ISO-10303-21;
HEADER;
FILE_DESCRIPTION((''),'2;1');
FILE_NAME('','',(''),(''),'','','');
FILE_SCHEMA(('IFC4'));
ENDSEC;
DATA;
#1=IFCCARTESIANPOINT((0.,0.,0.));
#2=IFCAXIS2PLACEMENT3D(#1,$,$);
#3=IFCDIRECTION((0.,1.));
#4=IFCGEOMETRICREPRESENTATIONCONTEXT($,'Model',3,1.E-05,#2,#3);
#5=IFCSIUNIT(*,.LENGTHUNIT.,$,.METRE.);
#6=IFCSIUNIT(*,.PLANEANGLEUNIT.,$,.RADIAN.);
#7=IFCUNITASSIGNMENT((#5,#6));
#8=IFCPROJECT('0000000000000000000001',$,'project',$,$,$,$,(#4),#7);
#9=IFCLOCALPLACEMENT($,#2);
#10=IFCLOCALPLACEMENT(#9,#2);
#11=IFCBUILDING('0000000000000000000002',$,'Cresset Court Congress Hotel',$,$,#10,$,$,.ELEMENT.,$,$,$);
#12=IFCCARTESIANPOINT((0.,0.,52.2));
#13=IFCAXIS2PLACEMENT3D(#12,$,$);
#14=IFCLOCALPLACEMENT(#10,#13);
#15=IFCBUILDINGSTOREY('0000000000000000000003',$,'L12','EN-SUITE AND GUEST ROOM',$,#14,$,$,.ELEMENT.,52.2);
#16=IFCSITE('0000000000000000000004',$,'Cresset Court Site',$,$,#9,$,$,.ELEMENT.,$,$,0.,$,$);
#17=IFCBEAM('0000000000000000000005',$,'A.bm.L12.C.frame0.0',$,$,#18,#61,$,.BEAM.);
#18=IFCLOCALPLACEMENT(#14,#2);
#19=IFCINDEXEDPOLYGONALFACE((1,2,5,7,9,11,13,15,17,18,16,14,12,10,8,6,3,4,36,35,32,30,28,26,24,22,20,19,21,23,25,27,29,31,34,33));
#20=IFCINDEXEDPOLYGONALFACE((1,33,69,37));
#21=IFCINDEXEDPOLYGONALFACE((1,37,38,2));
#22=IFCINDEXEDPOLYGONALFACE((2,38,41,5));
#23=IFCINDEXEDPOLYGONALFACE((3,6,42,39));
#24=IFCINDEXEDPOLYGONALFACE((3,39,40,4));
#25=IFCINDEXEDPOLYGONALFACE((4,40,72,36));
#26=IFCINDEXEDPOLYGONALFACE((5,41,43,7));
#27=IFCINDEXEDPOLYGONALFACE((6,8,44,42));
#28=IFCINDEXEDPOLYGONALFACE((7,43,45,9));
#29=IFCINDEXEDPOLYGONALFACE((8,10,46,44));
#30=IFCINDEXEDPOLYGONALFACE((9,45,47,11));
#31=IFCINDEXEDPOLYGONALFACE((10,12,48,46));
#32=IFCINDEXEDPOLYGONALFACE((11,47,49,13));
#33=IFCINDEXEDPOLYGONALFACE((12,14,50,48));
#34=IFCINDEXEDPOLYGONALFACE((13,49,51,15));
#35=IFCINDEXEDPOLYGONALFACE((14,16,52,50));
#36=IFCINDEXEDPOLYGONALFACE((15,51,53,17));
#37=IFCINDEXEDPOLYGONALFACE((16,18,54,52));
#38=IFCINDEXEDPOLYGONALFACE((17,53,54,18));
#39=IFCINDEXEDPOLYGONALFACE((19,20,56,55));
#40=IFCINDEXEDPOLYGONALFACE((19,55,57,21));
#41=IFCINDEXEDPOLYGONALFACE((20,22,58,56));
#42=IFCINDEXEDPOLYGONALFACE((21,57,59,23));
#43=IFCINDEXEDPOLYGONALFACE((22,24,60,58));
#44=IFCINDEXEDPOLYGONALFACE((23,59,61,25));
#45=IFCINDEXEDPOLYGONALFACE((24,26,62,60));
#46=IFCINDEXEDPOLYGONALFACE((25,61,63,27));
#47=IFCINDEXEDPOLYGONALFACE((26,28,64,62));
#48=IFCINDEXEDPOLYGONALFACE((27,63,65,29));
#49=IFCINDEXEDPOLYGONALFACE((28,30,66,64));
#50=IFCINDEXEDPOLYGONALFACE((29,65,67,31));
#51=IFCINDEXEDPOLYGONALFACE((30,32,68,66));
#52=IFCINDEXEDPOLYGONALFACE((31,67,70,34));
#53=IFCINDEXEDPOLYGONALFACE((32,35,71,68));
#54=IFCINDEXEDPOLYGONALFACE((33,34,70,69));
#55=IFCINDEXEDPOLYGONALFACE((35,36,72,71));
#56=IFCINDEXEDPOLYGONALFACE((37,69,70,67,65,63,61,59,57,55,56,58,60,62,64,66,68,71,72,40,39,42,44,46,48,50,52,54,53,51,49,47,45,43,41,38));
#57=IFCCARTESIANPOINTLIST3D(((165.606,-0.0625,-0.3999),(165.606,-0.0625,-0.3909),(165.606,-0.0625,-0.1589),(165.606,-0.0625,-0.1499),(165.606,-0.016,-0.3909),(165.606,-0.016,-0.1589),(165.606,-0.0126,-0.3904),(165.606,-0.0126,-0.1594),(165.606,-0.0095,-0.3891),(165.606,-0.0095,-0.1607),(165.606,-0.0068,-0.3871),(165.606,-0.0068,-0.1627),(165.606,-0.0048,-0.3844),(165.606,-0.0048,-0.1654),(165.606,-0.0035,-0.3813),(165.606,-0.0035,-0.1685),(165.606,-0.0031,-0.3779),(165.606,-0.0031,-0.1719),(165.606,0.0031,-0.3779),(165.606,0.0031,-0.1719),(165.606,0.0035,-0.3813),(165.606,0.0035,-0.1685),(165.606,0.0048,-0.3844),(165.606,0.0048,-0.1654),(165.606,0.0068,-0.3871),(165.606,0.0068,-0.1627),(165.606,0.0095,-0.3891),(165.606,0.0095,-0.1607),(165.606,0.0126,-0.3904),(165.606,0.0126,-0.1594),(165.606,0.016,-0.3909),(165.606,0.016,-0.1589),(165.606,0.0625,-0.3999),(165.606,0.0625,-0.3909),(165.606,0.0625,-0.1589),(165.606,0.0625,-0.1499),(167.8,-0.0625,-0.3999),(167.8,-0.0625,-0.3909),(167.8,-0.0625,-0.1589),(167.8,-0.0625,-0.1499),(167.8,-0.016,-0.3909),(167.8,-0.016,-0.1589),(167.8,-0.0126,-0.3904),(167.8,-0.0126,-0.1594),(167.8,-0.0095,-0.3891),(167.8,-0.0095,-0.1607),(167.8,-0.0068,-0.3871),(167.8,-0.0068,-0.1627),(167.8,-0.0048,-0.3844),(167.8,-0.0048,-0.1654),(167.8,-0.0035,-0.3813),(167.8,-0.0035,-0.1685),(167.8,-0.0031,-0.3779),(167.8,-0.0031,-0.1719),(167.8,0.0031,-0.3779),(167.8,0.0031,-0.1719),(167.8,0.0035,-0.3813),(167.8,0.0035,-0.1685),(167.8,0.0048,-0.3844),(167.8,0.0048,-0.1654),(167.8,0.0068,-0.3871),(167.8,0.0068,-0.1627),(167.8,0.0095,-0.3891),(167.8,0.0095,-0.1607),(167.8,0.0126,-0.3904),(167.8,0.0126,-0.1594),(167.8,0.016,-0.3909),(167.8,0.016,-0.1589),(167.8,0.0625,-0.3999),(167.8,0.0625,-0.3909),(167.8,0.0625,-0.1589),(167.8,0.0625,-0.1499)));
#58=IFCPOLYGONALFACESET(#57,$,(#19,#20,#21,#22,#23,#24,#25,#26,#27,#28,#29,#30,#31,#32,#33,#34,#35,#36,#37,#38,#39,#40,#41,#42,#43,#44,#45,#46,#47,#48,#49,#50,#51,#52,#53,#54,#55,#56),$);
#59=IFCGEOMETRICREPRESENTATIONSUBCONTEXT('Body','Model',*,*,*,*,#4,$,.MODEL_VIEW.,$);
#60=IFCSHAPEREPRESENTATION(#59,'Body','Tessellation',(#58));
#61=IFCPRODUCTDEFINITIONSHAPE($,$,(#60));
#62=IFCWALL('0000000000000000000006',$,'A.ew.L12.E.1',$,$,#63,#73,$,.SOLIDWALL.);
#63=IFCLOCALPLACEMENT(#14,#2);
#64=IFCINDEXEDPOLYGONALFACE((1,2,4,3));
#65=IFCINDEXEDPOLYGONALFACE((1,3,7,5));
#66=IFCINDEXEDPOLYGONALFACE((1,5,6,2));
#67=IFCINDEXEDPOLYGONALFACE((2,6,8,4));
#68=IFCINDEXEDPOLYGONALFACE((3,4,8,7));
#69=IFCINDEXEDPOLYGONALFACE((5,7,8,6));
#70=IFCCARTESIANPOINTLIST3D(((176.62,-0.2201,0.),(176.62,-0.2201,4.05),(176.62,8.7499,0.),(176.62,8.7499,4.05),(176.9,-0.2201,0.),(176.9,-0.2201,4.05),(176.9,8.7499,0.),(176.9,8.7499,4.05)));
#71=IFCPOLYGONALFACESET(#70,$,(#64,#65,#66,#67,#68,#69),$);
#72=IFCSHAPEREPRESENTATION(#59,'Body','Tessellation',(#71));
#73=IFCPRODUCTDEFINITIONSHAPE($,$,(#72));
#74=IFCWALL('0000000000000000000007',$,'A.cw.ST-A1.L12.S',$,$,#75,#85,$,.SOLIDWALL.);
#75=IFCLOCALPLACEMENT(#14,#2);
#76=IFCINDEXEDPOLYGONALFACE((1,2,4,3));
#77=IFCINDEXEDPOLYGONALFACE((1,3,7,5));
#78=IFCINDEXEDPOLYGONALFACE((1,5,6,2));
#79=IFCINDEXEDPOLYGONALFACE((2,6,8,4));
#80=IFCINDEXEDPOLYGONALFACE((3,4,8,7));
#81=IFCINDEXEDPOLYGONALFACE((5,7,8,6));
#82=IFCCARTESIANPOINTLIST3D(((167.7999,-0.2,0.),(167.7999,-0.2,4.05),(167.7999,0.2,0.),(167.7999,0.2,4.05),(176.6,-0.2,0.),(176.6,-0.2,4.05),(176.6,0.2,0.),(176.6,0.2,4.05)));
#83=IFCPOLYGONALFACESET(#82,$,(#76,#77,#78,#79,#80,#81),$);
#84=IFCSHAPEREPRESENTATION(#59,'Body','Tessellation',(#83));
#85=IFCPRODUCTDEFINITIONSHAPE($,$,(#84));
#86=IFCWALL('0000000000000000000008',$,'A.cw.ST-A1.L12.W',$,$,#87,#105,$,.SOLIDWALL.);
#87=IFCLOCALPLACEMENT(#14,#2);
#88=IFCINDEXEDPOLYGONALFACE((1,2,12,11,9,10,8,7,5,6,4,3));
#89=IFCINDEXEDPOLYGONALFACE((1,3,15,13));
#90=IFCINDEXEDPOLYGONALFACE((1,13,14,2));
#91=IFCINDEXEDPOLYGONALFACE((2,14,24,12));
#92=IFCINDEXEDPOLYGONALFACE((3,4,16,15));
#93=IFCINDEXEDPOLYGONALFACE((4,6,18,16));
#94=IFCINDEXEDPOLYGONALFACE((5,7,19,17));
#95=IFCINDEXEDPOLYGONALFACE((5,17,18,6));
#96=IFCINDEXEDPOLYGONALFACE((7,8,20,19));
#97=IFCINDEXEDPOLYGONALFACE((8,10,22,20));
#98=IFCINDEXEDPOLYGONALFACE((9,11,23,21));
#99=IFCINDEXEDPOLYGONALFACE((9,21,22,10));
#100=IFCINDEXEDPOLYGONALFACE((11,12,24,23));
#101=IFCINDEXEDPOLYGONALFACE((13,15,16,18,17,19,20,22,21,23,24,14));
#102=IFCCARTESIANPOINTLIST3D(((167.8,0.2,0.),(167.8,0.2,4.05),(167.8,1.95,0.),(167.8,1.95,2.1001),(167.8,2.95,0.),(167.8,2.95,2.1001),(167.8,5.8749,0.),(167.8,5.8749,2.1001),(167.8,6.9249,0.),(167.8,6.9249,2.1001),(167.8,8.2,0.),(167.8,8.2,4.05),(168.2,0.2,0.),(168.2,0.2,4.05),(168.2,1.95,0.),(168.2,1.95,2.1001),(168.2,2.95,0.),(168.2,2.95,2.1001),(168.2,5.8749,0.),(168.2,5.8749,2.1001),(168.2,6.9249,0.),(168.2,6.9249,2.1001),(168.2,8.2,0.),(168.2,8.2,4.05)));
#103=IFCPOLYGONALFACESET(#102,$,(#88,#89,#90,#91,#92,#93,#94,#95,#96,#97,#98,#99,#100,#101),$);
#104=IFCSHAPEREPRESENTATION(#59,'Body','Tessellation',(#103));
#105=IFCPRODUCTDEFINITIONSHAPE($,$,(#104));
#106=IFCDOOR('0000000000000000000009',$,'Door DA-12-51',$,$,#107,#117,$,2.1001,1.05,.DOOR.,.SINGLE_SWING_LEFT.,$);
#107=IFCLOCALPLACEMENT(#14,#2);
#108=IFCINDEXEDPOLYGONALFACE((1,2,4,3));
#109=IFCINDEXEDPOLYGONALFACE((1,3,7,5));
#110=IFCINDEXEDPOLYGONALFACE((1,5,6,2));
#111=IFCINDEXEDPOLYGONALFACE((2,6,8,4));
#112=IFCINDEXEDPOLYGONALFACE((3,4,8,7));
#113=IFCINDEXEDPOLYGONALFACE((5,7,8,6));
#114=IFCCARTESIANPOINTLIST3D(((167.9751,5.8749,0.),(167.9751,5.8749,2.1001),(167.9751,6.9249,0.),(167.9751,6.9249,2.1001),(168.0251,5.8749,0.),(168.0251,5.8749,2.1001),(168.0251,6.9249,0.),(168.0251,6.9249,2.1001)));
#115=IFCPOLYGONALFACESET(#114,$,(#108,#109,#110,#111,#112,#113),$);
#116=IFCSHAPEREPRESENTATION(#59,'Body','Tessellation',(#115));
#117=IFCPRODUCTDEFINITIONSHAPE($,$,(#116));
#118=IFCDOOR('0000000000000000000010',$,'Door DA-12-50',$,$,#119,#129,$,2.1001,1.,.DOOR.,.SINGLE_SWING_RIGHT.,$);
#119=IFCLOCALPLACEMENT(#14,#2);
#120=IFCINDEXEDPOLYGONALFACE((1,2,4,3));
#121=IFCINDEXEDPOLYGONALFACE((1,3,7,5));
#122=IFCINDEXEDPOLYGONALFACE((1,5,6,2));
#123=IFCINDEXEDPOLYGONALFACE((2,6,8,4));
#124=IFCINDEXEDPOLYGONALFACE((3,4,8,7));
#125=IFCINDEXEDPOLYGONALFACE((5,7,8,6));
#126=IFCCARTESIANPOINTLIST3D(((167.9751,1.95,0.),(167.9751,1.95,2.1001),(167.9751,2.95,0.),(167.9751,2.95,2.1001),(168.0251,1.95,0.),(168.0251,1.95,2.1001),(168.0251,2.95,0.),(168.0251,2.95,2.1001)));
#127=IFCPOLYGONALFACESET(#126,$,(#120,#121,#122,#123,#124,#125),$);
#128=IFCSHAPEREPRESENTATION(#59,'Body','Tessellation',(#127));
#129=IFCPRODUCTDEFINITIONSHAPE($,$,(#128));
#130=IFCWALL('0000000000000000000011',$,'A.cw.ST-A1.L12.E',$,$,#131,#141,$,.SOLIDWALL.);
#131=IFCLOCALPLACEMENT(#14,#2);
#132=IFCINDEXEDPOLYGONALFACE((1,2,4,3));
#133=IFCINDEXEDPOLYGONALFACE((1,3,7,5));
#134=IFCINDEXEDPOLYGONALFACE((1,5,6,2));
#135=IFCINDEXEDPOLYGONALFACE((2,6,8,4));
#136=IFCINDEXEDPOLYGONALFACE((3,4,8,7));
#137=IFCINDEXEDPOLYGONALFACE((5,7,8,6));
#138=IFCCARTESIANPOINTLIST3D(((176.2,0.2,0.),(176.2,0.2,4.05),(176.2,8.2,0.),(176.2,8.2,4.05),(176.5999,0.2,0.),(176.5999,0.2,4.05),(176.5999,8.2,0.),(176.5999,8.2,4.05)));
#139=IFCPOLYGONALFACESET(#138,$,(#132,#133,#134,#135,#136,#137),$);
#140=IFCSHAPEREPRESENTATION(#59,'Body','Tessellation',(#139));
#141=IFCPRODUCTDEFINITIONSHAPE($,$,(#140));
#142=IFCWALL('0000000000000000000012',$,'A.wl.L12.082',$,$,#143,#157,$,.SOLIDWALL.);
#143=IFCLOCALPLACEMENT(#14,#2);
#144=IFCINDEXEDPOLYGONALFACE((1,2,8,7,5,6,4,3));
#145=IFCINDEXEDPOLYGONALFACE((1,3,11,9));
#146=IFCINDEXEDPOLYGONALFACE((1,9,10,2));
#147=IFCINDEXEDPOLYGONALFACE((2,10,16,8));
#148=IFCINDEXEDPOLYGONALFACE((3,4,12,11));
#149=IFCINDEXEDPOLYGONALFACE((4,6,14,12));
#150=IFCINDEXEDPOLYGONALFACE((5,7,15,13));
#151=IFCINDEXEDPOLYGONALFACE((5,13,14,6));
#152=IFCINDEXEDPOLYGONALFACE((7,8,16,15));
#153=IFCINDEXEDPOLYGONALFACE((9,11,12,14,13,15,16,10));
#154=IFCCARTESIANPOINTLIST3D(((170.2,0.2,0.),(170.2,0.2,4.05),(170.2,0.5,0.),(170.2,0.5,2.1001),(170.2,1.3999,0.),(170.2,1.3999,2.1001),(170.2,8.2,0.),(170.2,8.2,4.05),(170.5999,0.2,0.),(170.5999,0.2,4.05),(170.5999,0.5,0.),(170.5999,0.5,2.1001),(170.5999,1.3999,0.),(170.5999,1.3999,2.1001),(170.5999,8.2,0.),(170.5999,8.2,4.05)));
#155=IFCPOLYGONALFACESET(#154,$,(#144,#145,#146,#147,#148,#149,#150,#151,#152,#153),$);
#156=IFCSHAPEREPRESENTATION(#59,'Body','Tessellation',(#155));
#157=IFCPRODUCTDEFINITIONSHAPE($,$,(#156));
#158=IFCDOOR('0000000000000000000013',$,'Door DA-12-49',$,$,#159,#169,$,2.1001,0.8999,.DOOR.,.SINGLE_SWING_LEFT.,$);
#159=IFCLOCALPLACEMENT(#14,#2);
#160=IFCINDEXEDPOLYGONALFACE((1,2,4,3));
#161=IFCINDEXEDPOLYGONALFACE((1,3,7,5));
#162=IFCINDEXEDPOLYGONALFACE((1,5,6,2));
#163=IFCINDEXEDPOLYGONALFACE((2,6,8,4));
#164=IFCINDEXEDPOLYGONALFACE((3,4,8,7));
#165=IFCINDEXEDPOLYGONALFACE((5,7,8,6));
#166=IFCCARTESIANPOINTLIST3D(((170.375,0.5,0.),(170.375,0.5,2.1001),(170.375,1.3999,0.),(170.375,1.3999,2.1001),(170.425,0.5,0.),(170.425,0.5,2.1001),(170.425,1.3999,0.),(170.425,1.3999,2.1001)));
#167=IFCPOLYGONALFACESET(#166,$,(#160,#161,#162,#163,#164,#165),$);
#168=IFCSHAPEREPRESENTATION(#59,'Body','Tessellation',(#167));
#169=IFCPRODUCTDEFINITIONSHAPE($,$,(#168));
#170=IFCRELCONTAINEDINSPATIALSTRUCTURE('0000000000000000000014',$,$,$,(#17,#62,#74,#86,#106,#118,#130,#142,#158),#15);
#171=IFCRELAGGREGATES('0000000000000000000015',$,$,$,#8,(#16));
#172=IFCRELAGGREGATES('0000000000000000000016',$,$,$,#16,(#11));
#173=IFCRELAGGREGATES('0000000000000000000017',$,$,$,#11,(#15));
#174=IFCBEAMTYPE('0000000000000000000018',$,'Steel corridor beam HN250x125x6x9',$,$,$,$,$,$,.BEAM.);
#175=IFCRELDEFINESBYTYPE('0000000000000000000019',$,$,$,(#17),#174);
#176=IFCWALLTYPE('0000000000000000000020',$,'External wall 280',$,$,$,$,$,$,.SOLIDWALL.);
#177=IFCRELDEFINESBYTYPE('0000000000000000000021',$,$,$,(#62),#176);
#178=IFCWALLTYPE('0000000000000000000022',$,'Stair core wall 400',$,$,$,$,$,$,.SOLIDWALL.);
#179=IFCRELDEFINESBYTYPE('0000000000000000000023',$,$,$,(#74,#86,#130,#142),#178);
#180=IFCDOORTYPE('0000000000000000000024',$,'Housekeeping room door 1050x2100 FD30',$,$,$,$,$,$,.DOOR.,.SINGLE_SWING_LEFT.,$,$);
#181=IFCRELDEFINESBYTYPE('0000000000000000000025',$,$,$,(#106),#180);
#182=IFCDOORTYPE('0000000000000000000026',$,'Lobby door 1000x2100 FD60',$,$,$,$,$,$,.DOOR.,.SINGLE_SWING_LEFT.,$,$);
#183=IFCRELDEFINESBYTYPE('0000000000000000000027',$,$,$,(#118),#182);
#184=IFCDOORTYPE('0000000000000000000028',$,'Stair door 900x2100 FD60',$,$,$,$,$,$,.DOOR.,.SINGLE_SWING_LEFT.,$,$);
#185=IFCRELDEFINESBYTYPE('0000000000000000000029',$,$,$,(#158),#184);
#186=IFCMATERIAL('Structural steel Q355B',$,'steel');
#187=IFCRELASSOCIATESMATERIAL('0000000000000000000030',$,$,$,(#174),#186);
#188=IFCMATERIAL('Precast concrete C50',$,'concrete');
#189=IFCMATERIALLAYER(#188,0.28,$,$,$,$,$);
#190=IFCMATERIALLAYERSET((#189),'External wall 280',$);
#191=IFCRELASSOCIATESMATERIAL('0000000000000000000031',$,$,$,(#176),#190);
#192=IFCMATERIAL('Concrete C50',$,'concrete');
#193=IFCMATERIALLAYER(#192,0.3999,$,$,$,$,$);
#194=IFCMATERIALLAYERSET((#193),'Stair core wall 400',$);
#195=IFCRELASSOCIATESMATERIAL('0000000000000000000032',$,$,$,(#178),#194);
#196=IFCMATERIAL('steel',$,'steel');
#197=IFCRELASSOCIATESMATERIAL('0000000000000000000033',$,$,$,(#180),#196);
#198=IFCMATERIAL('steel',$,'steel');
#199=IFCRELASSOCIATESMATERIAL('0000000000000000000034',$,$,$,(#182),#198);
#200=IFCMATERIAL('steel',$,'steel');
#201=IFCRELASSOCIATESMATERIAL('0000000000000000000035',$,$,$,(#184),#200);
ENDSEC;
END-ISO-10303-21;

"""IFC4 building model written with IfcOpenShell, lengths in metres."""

from ifc_helpers import new_model, si_unit, direction, frame, frame_2d, origin, origin_2d, place, context, subcontext, project, spatial, rectangle, i_section, extrude, material, layer, layer_set, material_profile, profile_set, type_object, element, fill, save


model = new_model("IFC4")

# Units and contexts
model_context = context("Model", 3, precision=1e-05, world=origin(), true_north=direction((0.0, 1.0)))
body_context = subcontext(model_context, "Body", "Model", "MODEL_VIEW")
ifc_project = project(units=[si_unit("LENGTHUNIT", "METRE"), si_unit("PLANEANGLEUNIT", "RADIAN")], contexts=[model_context])

# Site, building, storey
site_placement = place(None, origin())
site = spatial("IfcSite", under=ifc_project, at=site_placement, Name="Cresset Court Site", CompositionType="ELEMENT", RefElevation=0.0)
building_placement = place(site_placement, origin())
building = spatial("IfcBuilding", under=site, at=building_placement, Name="Cresset Court Congress Hotel", CompositionType="ELEMENT")
storey_placement = place(building_placement, frame((0.0, 0.0, 52.2)))
storey = spatial("IfcBuildingStorey", under=building, at=storey_placement, Name="L12", Description="EN-SUITE AND GUEST ROOM", CompositionType="ELEMENT", Elevation=52.2)

# Beam
ifc_material_1 = material(Name="Structural steel Q355B", Category="steel")
ifc_material_profile = material_profile(ifc_material_1, i_section(OverallWidth=0.125, OverallDepth=0.25, WebThickness=0.0061, FlangeThickness=0.009, FilletRadius=0.0129, at=origin_2d()), Name="HN250x125x6x9")
ifc_profile_set = profile_set([ifc_material_profile], Name="Structural steel Q355B")
beam_type = type_object("IfcBeamType", Name="Steel corridor beam HN250x125x6x9", PredefinedType="BEAM", material=ifc_profile_set)
beam_placement = place(storey_placement, frame((165.606, 0.0, -0.2749), z_axis=(1.0, 0.0, 0.0), x_axis=(0.0, 1.0, 0.0)))
element("IfcBeam", 1, at=beam_placement, inside=storey, type_object=beam_type, Name="A.bm.L12.C.frame0.0", PredefinedType="BEAM", context=body_context, shape_type="SweptSolid", body=[
    extrude(i_section(OverallWidth=0.125, OverallDepth=0.25, WebThickness=0.0061, FlangeThickness=0.009, FilletRadius=0.0129, at=origin_2d()), origin(), (0.0, 0.0, 1.0), 2.1941),
])

# Walls
ifc_material_2 = material(Name="Precast concrete C50", Category="concrete")
ifc_layer_1 = layer(ifc_material_2, 0.28)
ifc_layer_set_1 = layer_set([ifc_layer_1], Name="External wall 280")
wall_type_1 = type_object("IfcWallType", Name="External wall 280", PredefinedType="SOLIDWALL", material=ifc_layer_set_1)
wall_1_placement = place(storey_placement, frame((176.76, -0.22, 0.0), z_axis=(0.0, 0.0, 1.0), x_axis=(0.0, 1.0, 0.0)))
element("IfcWall", 2, at=wall_1_placement, inside=storey, type_object=wall_type_1, Name="A.ew.L12.E.1", PredefinedType="SOLIDWALL", context=body_context, shape_type="SweptSolid", body=[
    extrude(rectangle(XDim=8.97, YDim=0.28, at=frame_2d((4.4849, 0.0))), origin(), (0.0, 0.0, 1.0), 4.05),
])
ifc_material_3 = material(Name="Concrete C50", Category="concrete")
ifc_layer_2 = layer(ifc_material_3, 0.3999)
ifc_layer_set_2 = layer_set([ifc_layer_2], Name="Stair core wall 400")
wall_type_2 = type_object("IfcWallType", Name="Stair core wall 400", PredefinedType="SOLIDWALL", material=ifc_layer_set_2)
wall_2_placement = place(storey_placement, frame((167.8, 0.0, 0.0), z_axis=(0.0, 0.0, 1.0), x_axis=(1.0, 0.0, 0.0)))
element("IfcWall", 3, at=wall_2_placement, inside=storey, type_object=wall_type_2, Name="A.cw.ST-A1.L12.S", PredefinedType="SOLIDWALL", context=body_context, shape_type="SweptSolid", body=[
    extrude(rectangle(XDim=8.8, YDim=0.3999, at=frame_2d((4.3999, 0.0))), origin(), (0.0, 0.0, 1.0), 4.05),
])

# Wall, openings, doors
wall_3_placement = place(storey_placement, frame((168.0, 0.2, 0.0), z_axis=(0.0, 0.0, 1.0), x_axis=(0.0, 1.0, 0.0)))
wall_3 = element("IfcWall", 4, at=wall_3_placement, inside=storey, type_object=wall_type_2, Name="A.cw.ST-A1.L12.W", PredefinedType="SOLIDWALL", context=body_context, shape_type="SweptSolid", body=[
    extrude(rectangle(XDim=8.0, YDim=0.3999, at=frame_2d((4.0, 0.0))), origin(), (0.0, 0.0, 1.0), 4.05),
])
opening_1_placement = place(wall_3_placement, frame((1.75, 0.0, 0.0)))
opening_1 = element("IfcOpeningElement", 5, at=opening_1_placement, cuts=wall_3, PredefinedType="OPENING", context=body_context, shape_type="SweptSolid", body=[
    extrude(rectangle(XDim=1.0, YDim=2.1001, at=frame_2d((0.5, 1.05))), frame((0.0, 0.21, 0.0), z_axis=(0.0, -1.0, 0.0), x_axis=(1.0, 0.0, 0.0)), (0.0, 0.0, 1.0), 0.4199),
])
opening_2_placement = place(wall_3_placement, frame((5.675, 0.0, 0.0)))
opening_2 = element("IfcOpeningElement", 6, at=opening_2_placement, cuts=wall_3, PredefinedType="OPENING", context=body_context, shape_type="SweptSolid", body=[
    extrude(rectangle(XDim=1.05, YDim=2.1001, at=frame_2d((0.5249, 1.05))), frame((0.0, 0.21, 0.0), z_axis=(0.0, -1.0, 0.0), x_axis=(1.0, 0.0, 0.0)), (0.0, 0.0, 1.0), 0.4199),
])
ifc_material_4 = material(Name="steel", Category="steel")
door_type_1 = type_object("IfcDoorType", Name="Housekeeping room door 1050x2100 FD30", OperationType="SINGLE_SWING_LEFT", PredefinedType="DOOR", material=ifc_material_4)
door_1_placement = place(opening_2_placement, origin())
door_1 = element("IfcDoor", 7, at=door_1_placement, inside=storey, type_object=door_type_1, Name="Door DA-12-51", OperationType="SINGLE_SWING_LEFT", OverallHeight=2.1001, OverallWidth=1.05, PredefinedType="DOOR", context=body_context, shape_type="SweptSolid", body=[
    extrude(rectangle(XDim=1.05, YDim=2.1001, at=frame_2d((0.5249, 1.05))), frame((0.0, 0.0249, 0.0), z_axis=(0.0, -1.0, 0.0), x_axis=(1.0, 0.0, 0.0)), (0.0, 0.0, 1.0), 0.05),
])
fill(opening_2, door_1)
ifc_material_5 = material(Name="steel", Category="steel")
door_type_2 = type_object("IfcDoorType", Name="Lobby door 1000x2100 FD60", OperationType="SINGLE_SWING_LEFT", PredefinedType="DOOR", material=ifc_material_5)
door_2_placement = place(opening_1_placement, origin())
door_2 = element("IfcDoor", 8, at=door_2_placement, inside=storey, type_object=door_type_2, Name="Door DA-12-50", OperationType="SINGLE_SWING_RIGHT", OverallHeight=2.1001, OverallWidth=1.0, PredefinedType="DOOR", context=body_context, shape_type="SweptSolid", body=[
    extrude(rectangle(XDim=1.0, YDim=2.1001, at=frame_2d((0.5, 1.05))), frame((0.0, 0.0249, 0.0), z_axis=(0.0, -1.0, 0.0), x_axis=(1.0, 0.0, 0.0)), (0.0, 0.0, 1.0), 0.05),
])
fill(opening_1, door_2)

# Wall
wall_4_placement = place(storey_placement, frame((176.3999, 0.2, 0.0), z_axis=(0.0, 0.0, 1.0), x_axis=(0.0, 1.0, 0.0)))
element("IfcWall", 9, at=wall_4_placement, inside=storey, type_object=wall_type_2, Name="A.cw.ST-A1.L12.E", PredefinedType="SOLIDWALL", context=body_context, shape_type="SweptSolid", body=[
    extrude(rectangle(XDim=8.0, YDim=0.3999, at=frame_2d((4.0, 0.0))), origin(), (0.0, 0.0, 1.0), 4.05),
])

# Wall, opening, door
wall_5_placement = place(storey_placement, frame((170.3999, 0.2, 0.0), z_axis=(0.0, 0.0, 1.0), x_axis=(0.0, 1.0, 0.0)))
wall_5 = element("IfcWall", 10, at=wall_5_placement, inside=storey, type_object=wall_type_2, Name="A.wl.L12.082", PredefinedType="SOLIDWALL", context=body_context, shape_type="SweptSolid", body=[
    extrude(rectangle(XDim=8.0, YDim=0.3999, at=frame_2d((4.0, 0.0))), origin(), (0.0, 0.0, 1.0), 4.05),
])
opening_3_placement = place(wall_5_placement, frame((0.3, 0.0, 0.0)))
opening_3 = element("IfcOpeningElement", 11, at=opening_3_placement, cuts=wall_5, PredefinedType="OPENING", context=body_context, shape_type="SweptSolid", body=[
    extrude(rectangle(XDim=0.8999, YDim=2.1001, at=frame_2d((0.45, 1.05))), frame((0.0, 0.21, 0.0), z_axis=(0.0, -1.0, 0.0), x_axis=(1.0, 0.0, 0.0)), (0.0, 0.0, 1.0), 0.4199),
])
ifc_material_6 = material(Name="steel", Category="steel")
door_type_3 = type_object("IfcDoorType", Name="Stair door 900x2100 FD60", OperationType="SINGLE_SWING_LEFT", PredefinedType="DOOR", material=ifc_material_6)
door_3_placement = place(opening_3_placement, origin())
door_3 = element("IfcDoor", 12, at=door_3_placement, inside=storey, type_object=door_type_3, Name="Door DA-12-49", OperationType="SINGLE_SWING_LEFT", OverallHeight=2.1001, OverallWidth=0.8999, PredefinedType="DOOR", context=body_context, shape_type="SweptSolid", body=[
    extrude(rectangle(XDim=0.8999, YDim=2.1001, at=frame_2d((0.45, 1.05))), frame((0.0, 0.0249, 0.0), z_axis=(0.0, -1.0, 0.0), x_axis=(1.0, 0.0, 0.0)), (0.0, 0.0, 1.0), 0.05),
])
fill(opening_3, door_3)

save(model, "model.ifc")
